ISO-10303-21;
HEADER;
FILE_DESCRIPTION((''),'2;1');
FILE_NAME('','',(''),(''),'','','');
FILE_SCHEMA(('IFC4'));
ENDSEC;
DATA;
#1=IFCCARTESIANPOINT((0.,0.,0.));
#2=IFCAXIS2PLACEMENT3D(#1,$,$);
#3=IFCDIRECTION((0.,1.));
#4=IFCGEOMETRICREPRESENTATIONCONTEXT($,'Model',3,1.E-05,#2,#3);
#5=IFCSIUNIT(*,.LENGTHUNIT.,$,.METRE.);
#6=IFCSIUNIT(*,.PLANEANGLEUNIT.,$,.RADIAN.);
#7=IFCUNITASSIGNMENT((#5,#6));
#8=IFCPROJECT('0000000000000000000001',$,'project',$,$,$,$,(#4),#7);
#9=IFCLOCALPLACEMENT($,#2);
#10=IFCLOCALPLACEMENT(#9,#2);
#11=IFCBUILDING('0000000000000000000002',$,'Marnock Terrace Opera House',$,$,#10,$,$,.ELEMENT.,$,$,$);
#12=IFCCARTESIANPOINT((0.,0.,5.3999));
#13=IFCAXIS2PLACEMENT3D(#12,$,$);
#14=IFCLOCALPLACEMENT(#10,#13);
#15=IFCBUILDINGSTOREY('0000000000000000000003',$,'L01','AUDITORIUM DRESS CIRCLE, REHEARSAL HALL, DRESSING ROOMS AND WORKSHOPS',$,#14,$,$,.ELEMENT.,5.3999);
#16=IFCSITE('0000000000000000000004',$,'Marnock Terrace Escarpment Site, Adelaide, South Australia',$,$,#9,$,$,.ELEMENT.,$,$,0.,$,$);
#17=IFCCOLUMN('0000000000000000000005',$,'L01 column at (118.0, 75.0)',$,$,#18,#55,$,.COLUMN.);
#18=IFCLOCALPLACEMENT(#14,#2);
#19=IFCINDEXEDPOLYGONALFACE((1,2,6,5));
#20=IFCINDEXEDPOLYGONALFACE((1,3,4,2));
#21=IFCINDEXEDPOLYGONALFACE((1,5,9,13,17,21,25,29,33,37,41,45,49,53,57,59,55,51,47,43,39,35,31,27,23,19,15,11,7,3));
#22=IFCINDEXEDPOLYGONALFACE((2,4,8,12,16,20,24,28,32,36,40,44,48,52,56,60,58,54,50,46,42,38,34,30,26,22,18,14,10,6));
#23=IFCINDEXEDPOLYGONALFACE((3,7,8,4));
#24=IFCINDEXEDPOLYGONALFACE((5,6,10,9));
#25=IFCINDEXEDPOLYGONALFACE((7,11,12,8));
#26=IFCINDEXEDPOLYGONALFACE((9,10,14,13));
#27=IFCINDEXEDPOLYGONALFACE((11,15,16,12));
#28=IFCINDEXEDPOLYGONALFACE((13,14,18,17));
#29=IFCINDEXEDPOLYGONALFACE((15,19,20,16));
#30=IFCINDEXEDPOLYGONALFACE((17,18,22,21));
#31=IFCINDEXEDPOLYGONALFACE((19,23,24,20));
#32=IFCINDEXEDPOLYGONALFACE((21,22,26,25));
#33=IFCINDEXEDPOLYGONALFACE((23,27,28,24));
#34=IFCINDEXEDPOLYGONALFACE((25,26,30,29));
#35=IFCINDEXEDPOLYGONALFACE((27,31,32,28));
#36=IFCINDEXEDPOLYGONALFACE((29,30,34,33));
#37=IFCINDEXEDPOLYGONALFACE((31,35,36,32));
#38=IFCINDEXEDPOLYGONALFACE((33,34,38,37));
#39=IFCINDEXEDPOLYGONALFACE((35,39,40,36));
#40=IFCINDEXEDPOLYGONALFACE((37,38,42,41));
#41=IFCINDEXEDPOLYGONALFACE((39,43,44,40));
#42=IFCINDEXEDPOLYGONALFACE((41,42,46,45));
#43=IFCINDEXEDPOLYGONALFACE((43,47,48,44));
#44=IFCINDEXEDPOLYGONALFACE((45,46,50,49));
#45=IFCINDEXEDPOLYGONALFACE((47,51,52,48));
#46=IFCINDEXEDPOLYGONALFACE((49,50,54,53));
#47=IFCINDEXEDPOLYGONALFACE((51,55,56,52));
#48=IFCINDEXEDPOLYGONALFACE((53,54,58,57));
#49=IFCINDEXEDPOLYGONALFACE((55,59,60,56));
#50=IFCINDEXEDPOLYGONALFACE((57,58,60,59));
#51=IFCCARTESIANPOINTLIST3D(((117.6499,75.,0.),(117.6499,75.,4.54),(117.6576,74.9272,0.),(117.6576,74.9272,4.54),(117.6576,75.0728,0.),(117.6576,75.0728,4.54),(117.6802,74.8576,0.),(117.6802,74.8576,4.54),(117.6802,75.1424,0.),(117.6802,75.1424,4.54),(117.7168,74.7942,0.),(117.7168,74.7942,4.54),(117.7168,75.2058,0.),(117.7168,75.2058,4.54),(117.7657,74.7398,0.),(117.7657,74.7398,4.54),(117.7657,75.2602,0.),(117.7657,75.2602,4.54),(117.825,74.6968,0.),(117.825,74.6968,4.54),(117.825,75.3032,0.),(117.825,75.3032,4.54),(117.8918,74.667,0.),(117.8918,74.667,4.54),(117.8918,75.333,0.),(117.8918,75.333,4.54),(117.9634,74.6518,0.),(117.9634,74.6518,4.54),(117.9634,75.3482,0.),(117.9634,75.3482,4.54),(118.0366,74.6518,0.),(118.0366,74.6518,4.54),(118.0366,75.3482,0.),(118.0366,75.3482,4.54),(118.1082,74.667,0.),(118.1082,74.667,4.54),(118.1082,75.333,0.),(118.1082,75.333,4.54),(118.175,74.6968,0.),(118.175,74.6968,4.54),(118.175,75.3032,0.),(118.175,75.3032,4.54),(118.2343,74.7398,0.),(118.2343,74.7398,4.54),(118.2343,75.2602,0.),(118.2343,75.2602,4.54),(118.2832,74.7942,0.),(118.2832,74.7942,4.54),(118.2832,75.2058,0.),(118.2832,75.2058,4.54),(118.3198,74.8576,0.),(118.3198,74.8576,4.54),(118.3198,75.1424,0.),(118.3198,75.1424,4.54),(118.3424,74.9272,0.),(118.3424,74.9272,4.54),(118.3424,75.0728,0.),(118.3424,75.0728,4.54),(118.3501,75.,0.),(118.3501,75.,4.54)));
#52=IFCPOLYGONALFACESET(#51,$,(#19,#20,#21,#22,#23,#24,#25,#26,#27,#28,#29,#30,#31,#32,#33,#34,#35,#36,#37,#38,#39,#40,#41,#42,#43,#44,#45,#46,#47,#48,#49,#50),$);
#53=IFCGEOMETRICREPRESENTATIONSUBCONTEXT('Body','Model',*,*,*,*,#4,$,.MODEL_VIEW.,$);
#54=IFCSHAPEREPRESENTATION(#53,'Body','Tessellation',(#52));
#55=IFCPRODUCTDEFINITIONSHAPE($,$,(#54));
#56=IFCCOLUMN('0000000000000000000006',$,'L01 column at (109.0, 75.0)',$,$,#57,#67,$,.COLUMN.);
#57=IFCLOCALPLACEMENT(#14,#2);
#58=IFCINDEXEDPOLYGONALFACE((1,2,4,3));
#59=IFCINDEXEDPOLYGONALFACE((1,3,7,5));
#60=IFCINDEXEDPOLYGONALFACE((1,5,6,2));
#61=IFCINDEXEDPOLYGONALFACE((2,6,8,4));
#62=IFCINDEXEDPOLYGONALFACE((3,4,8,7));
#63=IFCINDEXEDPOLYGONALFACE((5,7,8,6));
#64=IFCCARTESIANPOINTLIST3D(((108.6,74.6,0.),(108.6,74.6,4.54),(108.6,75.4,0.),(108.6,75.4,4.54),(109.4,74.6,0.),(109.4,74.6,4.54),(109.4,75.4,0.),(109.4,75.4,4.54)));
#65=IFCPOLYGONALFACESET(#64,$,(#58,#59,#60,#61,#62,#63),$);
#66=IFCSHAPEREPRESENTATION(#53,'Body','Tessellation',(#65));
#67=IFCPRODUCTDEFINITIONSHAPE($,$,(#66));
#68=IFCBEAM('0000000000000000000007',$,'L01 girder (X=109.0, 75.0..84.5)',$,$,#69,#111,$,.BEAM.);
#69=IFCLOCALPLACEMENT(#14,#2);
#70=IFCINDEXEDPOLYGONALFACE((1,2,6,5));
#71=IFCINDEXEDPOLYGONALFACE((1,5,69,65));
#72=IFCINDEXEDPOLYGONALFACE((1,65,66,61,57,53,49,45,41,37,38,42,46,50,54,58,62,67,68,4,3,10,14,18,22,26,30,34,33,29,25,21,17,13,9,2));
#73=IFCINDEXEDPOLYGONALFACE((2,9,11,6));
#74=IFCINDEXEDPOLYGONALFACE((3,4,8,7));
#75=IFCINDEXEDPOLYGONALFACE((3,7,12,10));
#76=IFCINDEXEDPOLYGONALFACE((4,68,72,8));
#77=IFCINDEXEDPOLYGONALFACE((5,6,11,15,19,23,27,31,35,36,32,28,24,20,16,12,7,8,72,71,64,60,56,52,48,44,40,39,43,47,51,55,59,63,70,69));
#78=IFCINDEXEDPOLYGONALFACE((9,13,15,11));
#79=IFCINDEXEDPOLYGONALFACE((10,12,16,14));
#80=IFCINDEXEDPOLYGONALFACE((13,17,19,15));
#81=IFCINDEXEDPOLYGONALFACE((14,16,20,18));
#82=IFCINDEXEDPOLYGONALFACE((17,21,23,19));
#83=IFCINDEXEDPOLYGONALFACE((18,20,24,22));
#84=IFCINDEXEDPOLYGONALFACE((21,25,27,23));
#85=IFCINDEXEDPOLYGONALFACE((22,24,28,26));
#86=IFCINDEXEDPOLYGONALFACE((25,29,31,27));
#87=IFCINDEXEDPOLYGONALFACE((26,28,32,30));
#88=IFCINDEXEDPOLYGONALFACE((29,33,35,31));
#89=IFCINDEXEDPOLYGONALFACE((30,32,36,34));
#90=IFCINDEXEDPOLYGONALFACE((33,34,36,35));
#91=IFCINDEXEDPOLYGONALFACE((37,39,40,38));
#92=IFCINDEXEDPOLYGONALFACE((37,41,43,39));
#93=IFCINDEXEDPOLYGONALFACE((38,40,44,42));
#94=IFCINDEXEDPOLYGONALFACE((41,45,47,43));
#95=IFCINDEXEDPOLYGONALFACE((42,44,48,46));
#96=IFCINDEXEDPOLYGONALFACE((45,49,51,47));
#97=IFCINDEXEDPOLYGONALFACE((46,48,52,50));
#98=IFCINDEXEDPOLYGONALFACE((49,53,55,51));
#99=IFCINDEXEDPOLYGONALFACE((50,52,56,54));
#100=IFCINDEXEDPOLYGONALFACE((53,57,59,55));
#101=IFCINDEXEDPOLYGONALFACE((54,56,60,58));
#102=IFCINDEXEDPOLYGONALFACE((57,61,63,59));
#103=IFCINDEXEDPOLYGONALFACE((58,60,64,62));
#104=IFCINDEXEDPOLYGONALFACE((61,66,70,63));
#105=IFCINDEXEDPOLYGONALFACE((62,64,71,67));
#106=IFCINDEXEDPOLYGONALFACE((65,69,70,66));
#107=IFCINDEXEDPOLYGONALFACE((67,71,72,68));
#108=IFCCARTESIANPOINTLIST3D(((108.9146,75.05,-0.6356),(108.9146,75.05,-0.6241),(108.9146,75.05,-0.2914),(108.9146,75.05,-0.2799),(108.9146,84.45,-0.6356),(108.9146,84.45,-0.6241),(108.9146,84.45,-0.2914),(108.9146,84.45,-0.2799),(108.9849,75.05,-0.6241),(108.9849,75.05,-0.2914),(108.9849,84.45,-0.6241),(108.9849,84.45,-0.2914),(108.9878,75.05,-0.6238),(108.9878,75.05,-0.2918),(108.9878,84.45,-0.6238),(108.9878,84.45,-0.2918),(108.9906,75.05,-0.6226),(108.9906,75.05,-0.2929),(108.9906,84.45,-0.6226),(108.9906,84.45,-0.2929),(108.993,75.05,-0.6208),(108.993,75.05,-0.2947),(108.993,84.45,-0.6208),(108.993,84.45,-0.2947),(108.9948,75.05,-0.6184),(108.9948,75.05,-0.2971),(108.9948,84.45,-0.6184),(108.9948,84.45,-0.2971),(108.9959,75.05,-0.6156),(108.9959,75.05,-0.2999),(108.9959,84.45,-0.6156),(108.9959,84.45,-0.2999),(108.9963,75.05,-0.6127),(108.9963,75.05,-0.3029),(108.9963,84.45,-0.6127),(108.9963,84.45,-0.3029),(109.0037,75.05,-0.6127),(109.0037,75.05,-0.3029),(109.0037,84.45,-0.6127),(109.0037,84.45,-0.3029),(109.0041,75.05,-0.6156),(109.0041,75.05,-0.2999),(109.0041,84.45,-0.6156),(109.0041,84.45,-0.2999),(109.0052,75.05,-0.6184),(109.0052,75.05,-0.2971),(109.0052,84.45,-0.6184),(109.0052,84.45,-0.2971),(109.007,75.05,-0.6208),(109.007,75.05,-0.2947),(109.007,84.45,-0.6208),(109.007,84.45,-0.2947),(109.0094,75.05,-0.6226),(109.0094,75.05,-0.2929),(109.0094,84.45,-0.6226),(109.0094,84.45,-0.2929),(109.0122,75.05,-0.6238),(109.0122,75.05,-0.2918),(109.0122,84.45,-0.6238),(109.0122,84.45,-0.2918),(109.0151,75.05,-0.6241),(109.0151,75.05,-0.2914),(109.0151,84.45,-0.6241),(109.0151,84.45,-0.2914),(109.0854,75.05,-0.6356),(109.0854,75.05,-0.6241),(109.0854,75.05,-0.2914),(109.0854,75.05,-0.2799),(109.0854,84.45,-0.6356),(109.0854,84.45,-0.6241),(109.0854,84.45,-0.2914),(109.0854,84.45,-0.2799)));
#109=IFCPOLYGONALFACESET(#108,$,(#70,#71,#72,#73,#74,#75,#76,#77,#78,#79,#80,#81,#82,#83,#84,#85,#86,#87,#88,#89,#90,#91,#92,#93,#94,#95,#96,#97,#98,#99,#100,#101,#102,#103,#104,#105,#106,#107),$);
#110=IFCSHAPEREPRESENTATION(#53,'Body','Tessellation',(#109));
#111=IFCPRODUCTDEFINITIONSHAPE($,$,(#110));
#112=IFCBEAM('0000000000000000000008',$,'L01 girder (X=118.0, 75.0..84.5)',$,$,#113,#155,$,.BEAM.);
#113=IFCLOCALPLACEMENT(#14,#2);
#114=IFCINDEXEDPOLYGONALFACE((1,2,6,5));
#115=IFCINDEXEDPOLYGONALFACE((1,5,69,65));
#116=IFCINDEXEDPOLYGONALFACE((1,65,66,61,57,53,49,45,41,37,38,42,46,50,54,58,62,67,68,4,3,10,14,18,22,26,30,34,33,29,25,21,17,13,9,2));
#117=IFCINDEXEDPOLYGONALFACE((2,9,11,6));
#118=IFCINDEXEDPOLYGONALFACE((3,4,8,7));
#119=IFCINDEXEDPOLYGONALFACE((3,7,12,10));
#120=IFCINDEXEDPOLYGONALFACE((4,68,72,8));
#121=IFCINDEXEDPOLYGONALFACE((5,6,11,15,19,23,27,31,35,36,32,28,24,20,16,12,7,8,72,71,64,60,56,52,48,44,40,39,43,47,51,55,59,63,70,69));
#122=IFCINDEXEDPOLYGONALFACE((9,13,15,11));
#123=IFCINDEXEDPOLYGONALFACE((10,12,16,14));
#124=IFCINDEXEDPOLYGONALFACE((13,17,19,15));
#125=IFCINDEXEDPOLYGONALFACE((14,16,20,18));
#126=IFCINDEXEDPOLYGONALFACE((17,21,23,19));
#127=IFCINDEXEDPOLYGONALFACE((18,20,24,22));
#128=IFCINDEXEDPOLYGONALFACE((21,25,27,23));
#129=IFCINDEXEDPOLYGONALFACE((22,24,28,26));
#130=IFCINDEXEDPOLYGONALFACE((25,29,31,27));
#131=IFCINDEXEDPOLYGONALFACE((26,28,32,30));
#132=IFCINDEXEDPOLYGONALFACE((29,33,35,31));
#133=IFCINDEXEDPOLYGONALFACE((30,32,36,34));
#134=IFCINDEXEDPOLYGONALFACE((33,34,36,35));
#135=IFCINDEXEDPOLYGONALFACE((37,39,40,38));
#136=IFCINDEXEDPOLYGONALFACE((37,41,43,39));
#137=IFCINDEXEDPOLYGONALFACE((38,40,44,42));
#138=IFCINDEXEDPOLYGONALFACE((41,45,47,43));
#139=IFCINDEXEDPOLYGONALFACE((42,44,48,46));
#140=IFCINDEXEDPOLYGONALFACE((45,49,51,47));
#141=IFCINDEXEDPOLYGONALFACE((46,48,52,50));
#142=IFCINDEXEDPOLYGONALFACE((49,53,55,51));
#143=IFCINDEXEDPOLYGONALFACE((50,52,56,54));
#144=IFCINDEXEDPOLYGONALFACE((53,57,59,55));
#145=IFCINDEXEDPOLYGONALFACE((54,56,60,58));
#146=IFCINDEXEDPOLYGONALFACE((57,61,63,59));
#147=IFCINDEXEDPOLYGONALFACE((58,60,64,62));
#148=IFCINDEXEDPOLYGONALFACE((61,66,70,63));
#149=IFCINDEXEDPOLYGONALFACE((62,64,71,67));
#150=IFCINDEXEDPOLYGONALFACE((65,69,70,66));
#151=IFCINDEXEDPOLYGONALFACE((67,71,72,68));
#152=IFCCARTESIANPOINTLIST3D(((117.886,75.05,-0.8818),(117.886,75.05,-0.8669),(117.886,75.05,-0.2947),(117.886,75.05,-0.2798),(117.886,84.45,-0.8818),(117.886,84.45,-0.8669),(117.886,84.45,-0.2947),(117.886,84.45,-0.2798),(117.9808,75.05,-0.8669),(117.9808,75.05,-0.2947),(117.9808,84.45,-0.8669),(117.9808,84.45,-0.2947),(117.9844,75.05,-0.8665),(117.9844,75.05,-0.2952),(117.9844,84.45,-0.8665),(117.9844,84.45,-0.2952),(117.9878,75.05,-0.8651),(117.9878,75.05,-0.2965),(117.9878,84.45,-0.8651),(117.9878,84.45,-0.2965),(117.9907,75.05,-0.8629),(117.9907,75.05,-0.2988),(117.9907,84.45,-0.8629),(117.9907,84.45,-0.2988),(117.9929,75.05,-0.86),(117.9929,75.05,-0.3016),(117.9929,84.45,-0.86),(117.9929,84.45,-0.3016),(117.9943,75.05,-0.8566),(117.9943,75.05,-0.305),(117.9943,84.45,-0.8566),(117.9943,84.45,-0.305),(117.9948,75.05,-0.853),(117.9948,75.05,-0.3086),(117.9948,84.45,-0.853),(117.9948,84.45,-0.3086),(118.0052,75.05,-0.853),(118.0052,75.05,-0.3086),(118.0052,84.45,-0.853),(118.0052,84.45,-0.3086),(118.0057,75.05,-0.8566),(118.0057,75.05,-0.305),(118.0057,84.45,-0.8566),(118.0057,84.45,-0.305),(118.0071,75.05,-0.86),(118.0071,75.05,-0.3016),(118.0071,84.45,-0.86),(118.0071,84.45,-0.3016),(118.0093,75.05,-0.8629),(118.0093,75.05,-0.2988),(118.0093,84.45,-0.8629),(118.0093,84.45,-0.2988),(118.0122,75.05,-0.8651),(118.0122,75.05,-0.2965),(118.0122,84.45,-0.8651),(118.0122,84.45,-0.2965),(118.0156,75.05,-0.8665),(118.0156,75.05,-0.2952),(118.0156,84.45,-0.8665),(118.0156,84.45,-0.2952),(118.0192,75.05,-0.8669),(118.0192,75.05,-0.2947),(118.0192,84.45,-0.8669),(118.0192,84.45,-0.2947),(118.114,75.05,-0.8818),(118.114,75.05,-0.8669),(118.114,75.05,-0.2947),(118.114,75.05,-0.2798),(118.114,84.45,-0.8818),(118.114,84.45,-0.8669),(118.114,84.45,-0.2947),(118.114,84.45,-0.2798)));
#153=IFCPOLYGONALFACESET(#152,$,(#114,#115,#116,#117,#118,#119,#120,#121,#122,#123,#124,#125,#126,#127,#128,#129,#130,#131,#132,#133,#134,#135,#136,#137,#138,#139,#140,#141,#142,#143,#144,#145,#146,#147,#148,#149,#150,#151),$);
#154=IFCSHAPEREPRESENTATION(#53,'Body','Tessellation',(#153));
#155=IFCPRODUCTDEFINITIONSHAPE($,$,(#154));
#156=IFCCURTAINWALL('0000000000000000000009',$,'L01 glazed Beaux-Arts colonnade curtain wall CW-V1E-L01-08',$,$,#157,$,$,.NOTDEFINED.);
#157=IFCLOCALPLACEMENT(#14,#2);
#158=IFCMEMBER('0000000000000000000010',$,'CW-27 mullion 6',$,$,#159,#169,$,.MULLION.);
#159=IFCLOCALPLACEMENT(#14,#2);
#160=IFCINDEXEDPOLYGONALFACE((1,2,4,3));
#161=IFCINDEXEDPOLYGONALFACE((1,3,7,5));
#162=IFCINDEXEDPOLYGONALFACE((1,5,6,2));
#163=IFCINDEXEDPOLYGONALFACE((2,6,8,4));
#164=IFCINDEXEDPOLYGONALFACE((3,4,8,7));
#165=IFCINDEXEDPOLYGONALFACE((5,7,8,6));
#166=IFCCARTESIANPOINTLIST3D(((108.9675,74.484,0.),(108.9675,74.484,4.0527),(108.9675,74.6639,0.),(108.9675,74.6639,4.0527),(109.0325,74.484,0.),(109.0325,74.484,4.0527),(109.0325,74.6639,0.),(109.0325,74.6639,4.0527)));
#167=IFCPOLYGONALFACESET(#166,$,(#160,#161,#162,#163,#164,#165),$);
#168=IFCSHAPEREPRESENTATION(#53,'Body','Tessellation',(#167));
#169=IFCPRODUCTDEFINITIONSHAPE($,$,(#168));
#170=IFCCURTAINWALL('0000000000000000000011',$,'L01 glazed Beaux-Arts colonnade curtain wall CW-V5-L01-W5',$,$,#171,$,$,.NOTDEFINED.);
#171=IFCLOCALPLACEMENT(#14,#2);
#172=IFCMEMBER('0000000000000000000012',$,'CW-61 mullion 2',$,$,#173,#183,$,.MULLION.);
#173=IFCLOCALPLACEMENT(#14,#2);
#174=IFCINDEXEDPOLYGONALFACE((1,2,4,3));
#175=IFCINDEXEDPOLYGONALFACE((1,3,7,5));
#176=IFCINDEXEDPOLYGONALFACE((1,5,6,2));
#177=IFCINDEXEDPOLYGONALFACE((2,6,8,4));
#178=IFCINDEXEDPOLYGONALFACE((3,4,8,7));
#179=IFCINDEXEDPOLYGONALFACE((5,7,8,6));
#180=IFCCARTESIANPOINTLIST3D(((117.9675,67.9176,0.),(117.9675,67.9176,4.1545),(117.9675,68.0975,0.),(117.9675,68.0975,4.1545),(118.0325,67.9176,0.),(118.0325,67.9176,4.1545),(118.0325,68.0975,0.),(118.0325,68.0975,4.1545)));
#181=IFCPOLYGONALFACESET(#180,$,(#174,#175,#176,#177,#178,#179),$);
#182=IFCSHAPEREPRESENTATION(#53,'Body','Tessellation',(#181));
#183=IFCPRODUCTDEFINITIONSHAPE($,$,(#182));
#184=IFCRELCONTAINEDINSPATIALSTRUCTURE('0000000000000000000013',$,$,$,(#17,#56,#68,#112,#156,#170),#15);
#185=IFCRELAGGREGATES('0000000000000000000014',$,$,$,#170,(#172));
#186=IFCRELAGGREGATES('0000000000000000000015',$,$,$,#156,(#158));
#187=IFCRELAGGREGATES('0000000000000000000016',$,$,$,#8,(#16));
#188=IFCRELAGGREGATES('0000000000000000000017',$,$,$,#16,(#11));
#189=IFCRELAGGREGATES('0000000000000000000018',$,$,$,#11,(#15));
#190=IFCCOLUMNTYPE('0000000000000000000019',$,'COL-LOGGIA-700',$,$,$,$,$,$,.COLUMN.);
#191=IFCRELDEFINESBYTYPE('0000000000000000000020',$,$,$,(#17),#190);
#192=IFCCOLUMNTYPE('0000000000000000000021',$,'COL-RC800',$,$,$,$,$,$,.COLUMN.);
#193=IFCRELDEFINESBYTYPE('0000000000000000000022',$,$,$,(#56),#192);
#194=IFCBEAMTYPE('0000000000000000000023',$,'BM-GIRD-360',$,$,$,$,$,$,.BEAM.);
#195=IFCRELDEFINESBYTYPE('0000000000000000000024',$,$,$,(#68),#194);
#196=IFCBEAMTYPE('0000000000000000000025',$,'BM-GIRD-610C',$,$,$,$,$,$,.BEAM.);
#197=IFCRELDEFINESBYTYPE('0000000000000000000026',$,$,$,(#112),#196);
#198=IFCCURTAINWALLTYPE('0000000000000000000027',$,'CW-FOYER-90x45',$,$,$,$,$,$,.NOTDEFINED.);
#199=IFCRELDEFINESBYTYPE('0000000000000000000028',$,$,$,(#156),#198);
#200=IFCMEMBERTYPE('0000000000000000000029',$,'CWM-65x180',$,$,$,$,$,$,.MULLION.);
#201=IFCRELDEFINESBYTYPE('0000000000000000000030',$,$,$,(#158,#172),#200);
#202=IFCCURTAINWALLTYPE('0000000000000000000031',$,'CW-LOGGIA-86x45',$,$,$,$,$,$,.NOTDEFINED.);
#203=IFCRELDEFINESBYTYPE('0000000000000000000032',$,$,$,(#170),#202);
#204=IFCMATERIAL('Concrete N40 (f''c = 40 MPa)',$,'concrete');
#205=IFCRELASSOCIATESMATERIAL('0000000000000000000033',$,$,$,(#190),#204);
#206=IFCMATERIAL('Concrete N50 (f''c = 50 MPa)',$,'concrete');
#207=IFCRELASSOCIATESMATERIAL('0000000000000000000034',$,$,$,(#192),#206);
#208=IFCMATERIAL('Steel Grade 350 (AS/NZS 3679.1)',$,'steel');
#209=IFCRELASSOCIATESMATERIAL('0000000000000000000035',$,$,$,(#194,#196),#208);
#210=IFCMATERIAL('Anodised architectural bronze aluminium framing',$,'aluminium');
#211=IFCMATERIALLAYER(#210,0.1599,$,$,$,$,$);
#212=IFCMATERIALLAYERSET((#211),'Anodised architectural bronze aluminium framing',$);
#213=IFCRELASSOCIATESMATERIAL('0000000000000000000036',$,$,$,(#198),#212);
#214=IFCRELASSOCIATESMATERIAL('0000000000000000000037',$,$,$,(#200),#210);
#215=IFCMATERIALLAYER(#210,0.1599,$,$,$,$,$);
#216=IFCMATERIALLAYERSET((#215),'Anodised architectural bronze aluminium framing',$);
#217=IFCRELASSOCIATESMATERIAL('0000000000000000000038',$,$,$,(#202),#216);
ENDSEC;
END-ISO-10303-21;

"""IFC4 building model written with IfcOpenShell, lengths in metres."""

from ifc_helpers import new_model, si_unit, direction, frame, origin, origin_2d, place, context, subcontext, project, spatial, rectangle, circle, i_section, extrude, material, layer, layer_set, material_profile, profile_set, type_object, element, aggregate, save


model = new_model("IFC4")

# Units and contexts
model_context = context("Model", 3, precision=1e-05, world=origin(), true_north=direction((0.0, 1.0)))
body_context = subcontext(model_context, "Body", "Model", "MODEL_VIEW")
ifc_project = project(units=[si_unit("LENGTHUNIT", "METRE"), si_unit("PLANEANGLEUNIT", "RADIAN")], contexts=[model_context])

# Site, building, storey
site_placement = place(None, origin())
site = spatial("IfcSite", under=ifc_project, at=site_placement, Name="Marnock Terrace Escarpment Site, Adelaide, South Australia", CompositionType="ELEMENT", RefElevation=0.0)
building_placement = place(site_placement, origin())
building = spatial("IfcBuilding", under=site, at=building_placement, Name="Marnock Terrace Opera House", CompositionType="ELEMENT")
storey_placement = place(building_placement, frame((0.0, 0.0, 5.3999)))
storey = spatial("IfcBuildingStorey", under=building, at=storey_placement, Name="L01", Description="AUDITORIUM DRESS CIRCLE, REHEARSAL HALL, DRESSING ROOMS AND WORKSHOPS", CompositionType="ELEMENT", Elevation=5.3999)

# Columns
ifc_material_1 = material(Name="Concrete N40 (f'c = 40 MPa)", Category="concrete")
ifc_material_profile_1 = material_profile(ifc_material_1, circle(Radius=0.3501, at=origin_2d()))
ifc_profile_set_1 = profile_set([ifc_material_profile_1], Name="Concrete N40 (f'c = 40 MPa)")
column_type_1 = type_object("IfcColumnType", Name="COL-LOGGIA-700", PredefinedType="COLUMN", material=ifc_profile_set_1)
column_1_placement = place(storey_placement, frame((118.0, 75.0, 0.0), z_axis=(0.0, 0.0, 1.0), x_axis=(1.0, 0.0, 0.0)))
element("IfcColumn", 1, at=column_1_placement, inside=storey, type_object=column_type_1, Name="L01 column at (118.0, 75.0)", PredefinedType="COLUMN", context=body_context, shape_type="SweptSolid", body=[
    extrude(circle(Radius=0.3501, at=origin_2d()), origin(), (0.0, 0.0, 1.0), 4.54),
])
ifc_material_2 = material(Name="Concrete N50 (f'c = 50 MPa)", Category="concrete")
ifc_material_profile_2 = material_profile(ifc_material_2, rectangle(XDim=0.8, YDim=0.8, at=origin_2d()))
ifc_profile_set_2 = profile_set([ifc_material_profile_2], Name="Concrete N50 (f'c = 50 MPa)")
column_type_2 = type_object("IfcColumnType", Name="COL-RC800", PredefinedType="COLUMN", material=ifc_profile_set_2)
column_2_placement = place(storey_placement, frame((109.0, 75.0, 0.0), z_axis=(0.0, 0.0, 1.0), x_axis=(1.0, 0.0, 0.0)))
element("IfcColumn", 2, at=column_2_placement, inside=storey, type_object=column_type_2, Name="L01 column at (109.0, 75.0)", PredefinedType="COLUMN", context=body_context, shape_type="SweptSolid", body=[
    extrude(rectangle(XDim=0.8, YDim=0.8, at=origin_2d()), origin(), (0.0, 0.0, 1.0), 4.54),
])

# Beams
ifc_material_3 = material(Name="Steel Grade 350 (AS/NZS 3679.1)", Category="steel")
ifc_material_profile_3 = material_profile(ifc_material_3, i_section(OverallWidth=0.1709, OverallDepth=0.3557, WebThickness=0.0073, FlangeThickness=0.0115, FilletRadius=0.0115, at=origin_2d()))
ifc_profile_set_3 = profile_set([ifc_material_profile_3], Name="Steel Grade 350 (AS/NZS 3679.1)")
beam_type_1 = type_object("IfcBeamType", Name="BM-GIRD-360", PredefinedType="BEAM", material=ifc_profile_set_3)
beam_1_placement = place(storey_placement, frame((109.0, 75.05, -0.4578), z_axis=(0.0, 1.0, 0.0), x_axis=(-1.0, 0.0, 0.0)))
element("IfcBeam", 3, at=beam_1_placement, inside=storey, type_object=beam_type_1, Name="L01 girder (X=109.0, 75.0..84.5)", PredefinedType="BEAM", context=body_context, shape_type="SweptSolid", body=[
    extrude(i_section(OverallWidth=0.1709, OverallDepth=0.3557, WebThickness=0.0073, FlangeThickness=0.0115, FilletRadius=0.0115, at=origin_2d()), origin(), (0.0, 0.0, 1.0), 9.3999),
])
ifc_material_profile_4 = material_profile(ifc_material_3, i_section(OverallWidth=0.228, OverallDepth=0.6021, WebThickness=0.0105, FlangeThickness=0.0149, FilletRadius=0.0139, at=origin_2d()))
ifc_profile_set_4 = profile_set([ifc_material_profile_4], Name="Steel Grade 350 (AS/NZS 3679.1)")
beam_type_2 = type_object("IfcBeamType", Name="BM-GIRD-610C", PredefinedType="BEAM", material=ifc_profile_set_4)
beam_2_placement = place(storey_placement, frame((118.0, 75.05, -0.5808), z_axis=(0.0, 1.0, 0.0), x_axis=(-1.0, 0.0, 0.0)))
element("IfcBeam", 4, at=beam_2_placement, inside=storey, type_object=beam_type_2, Name="L01 girder (X=118.0, 75.0..84.5)", PredefinedType="BEAM", context=body_context, shape_type="SweptSolid", body=[
    extrude(i_section(OverallWidth=0.228, OverallDepth=0.6021, WebThickness=0.0105, FlangeThickness=0.0149, FilletRadius=0.0139, at=origin_2d()), origin(), (0.0, 0.0, 1.0), 9.3999),
])

# Curtain wall, member
ifc_material_4 = material(Name="Anodised architectural bronze aluminium framing", Category="aluminium")
ifc_layer_1 = layer(ifc_material_4, 0.1599)
ifc_layer_set_1 = layer_set([ifc_layer_1], Name="Anodised architectural bronze aluminium framing")
curtain_wall_type_1 = type_object("IfcCurtainWallType", Name="CW-FOYER-90x45", PredefinedType="NOTDEFINED", material=ifc_layer_set_1)
curtain_wall_1_placement = place(storey_placement, origin())
curtain_wall_1 = element("IfcCurtainWall", 5, at=curtain_wall_1_placement, inside=storey, type_object=curtain_wall_type_1, Name="L01 glazed Beaux-Arts colonnade curtain wall CW-V1E-L01-08", PredefinedType="NOTDEFINED")
ifc_material_profile_5 = material_profile(ifc_material_4, rectangle(XDim=0.0649, YDim=0.1799, at=origin_2d()))
ifc_profile_set_5 = profile_set([ifc_material_profile_5], Name="Anodised architectural bronze aluminium framing")
member_type_1 = type_object("IfcMemberType", Name="CWM-65x180", PredefinedType="MULLION", material=ifc_profile_set_5)
member_1_placement = place(storey_placement, frame((109.0, 74.574, 0.0), z_axis=(0.0, 0.0, 1.0), x_axis=(-1.0, 0.0, 0.0)))
member_1 = element("IfcMember", 6, at=member_1_placement, type_object=member_type_1, Name="CW-27 mullion 6", PredefinedType="MULLION", context=body_context, shape_type="SweptSolid", body=[
    extrude(rectangle(XDim=0.0649, YDim=0.1799, at=origin_2d()), origin(), (0.0, 0.0, 1.0), 4.0527),
])

# Curtain wall, member
ifc_layer_2 = layer(ifc_material_4, 0.1599)
ifc_layer_set_2 = layer_set([ifc_layer_2], Name="Anodised architectural bronze aluminium framing")
curtain_wall_type_2 = type_object("IfcCurtainWallType", Name="CW-LOGGIA-86x45", PredefinedType="NOTDEFINED", material=ifc_layer_set_2)
curtain_wall_2_placement = place(storey_placement, origin())
curtain_wall_2 = element("IfcCurtainWall", 7, at=curtain_wall_2_placement, inside=storey, type_object=curtain_wall_type_2, Name="L01 glazed Beaux-Arts colonnade curtain wall CW-V5-L01-W5", PredefinedType="NOTDEFINED")
member_2_placement = place(storey_placement, frame((118.0, 68.0076, 0.0), z_axis=(0.0, 0.0, 1.0), x_axis=(-1.0, 0.0, 0.0)))
member_2 = element("IfcMember", 8, at=member_2_placement, type_object=member_type_1, Name="CW-61 mullion 2", PredefinedType="MULLION", context=body_context, shape_type="SweptSolid", body=[
    extrude(rectangle(XDim=0.0649, YDim=0.1799, at=origin_2d()), origin(), (0.0, 0.0, 1.0), 4.1545),
])

aggregate(curtain_wall_2, [member_2])
aggregate(curtain_wall_1, [member_1])

save(model, "model.ifc")
